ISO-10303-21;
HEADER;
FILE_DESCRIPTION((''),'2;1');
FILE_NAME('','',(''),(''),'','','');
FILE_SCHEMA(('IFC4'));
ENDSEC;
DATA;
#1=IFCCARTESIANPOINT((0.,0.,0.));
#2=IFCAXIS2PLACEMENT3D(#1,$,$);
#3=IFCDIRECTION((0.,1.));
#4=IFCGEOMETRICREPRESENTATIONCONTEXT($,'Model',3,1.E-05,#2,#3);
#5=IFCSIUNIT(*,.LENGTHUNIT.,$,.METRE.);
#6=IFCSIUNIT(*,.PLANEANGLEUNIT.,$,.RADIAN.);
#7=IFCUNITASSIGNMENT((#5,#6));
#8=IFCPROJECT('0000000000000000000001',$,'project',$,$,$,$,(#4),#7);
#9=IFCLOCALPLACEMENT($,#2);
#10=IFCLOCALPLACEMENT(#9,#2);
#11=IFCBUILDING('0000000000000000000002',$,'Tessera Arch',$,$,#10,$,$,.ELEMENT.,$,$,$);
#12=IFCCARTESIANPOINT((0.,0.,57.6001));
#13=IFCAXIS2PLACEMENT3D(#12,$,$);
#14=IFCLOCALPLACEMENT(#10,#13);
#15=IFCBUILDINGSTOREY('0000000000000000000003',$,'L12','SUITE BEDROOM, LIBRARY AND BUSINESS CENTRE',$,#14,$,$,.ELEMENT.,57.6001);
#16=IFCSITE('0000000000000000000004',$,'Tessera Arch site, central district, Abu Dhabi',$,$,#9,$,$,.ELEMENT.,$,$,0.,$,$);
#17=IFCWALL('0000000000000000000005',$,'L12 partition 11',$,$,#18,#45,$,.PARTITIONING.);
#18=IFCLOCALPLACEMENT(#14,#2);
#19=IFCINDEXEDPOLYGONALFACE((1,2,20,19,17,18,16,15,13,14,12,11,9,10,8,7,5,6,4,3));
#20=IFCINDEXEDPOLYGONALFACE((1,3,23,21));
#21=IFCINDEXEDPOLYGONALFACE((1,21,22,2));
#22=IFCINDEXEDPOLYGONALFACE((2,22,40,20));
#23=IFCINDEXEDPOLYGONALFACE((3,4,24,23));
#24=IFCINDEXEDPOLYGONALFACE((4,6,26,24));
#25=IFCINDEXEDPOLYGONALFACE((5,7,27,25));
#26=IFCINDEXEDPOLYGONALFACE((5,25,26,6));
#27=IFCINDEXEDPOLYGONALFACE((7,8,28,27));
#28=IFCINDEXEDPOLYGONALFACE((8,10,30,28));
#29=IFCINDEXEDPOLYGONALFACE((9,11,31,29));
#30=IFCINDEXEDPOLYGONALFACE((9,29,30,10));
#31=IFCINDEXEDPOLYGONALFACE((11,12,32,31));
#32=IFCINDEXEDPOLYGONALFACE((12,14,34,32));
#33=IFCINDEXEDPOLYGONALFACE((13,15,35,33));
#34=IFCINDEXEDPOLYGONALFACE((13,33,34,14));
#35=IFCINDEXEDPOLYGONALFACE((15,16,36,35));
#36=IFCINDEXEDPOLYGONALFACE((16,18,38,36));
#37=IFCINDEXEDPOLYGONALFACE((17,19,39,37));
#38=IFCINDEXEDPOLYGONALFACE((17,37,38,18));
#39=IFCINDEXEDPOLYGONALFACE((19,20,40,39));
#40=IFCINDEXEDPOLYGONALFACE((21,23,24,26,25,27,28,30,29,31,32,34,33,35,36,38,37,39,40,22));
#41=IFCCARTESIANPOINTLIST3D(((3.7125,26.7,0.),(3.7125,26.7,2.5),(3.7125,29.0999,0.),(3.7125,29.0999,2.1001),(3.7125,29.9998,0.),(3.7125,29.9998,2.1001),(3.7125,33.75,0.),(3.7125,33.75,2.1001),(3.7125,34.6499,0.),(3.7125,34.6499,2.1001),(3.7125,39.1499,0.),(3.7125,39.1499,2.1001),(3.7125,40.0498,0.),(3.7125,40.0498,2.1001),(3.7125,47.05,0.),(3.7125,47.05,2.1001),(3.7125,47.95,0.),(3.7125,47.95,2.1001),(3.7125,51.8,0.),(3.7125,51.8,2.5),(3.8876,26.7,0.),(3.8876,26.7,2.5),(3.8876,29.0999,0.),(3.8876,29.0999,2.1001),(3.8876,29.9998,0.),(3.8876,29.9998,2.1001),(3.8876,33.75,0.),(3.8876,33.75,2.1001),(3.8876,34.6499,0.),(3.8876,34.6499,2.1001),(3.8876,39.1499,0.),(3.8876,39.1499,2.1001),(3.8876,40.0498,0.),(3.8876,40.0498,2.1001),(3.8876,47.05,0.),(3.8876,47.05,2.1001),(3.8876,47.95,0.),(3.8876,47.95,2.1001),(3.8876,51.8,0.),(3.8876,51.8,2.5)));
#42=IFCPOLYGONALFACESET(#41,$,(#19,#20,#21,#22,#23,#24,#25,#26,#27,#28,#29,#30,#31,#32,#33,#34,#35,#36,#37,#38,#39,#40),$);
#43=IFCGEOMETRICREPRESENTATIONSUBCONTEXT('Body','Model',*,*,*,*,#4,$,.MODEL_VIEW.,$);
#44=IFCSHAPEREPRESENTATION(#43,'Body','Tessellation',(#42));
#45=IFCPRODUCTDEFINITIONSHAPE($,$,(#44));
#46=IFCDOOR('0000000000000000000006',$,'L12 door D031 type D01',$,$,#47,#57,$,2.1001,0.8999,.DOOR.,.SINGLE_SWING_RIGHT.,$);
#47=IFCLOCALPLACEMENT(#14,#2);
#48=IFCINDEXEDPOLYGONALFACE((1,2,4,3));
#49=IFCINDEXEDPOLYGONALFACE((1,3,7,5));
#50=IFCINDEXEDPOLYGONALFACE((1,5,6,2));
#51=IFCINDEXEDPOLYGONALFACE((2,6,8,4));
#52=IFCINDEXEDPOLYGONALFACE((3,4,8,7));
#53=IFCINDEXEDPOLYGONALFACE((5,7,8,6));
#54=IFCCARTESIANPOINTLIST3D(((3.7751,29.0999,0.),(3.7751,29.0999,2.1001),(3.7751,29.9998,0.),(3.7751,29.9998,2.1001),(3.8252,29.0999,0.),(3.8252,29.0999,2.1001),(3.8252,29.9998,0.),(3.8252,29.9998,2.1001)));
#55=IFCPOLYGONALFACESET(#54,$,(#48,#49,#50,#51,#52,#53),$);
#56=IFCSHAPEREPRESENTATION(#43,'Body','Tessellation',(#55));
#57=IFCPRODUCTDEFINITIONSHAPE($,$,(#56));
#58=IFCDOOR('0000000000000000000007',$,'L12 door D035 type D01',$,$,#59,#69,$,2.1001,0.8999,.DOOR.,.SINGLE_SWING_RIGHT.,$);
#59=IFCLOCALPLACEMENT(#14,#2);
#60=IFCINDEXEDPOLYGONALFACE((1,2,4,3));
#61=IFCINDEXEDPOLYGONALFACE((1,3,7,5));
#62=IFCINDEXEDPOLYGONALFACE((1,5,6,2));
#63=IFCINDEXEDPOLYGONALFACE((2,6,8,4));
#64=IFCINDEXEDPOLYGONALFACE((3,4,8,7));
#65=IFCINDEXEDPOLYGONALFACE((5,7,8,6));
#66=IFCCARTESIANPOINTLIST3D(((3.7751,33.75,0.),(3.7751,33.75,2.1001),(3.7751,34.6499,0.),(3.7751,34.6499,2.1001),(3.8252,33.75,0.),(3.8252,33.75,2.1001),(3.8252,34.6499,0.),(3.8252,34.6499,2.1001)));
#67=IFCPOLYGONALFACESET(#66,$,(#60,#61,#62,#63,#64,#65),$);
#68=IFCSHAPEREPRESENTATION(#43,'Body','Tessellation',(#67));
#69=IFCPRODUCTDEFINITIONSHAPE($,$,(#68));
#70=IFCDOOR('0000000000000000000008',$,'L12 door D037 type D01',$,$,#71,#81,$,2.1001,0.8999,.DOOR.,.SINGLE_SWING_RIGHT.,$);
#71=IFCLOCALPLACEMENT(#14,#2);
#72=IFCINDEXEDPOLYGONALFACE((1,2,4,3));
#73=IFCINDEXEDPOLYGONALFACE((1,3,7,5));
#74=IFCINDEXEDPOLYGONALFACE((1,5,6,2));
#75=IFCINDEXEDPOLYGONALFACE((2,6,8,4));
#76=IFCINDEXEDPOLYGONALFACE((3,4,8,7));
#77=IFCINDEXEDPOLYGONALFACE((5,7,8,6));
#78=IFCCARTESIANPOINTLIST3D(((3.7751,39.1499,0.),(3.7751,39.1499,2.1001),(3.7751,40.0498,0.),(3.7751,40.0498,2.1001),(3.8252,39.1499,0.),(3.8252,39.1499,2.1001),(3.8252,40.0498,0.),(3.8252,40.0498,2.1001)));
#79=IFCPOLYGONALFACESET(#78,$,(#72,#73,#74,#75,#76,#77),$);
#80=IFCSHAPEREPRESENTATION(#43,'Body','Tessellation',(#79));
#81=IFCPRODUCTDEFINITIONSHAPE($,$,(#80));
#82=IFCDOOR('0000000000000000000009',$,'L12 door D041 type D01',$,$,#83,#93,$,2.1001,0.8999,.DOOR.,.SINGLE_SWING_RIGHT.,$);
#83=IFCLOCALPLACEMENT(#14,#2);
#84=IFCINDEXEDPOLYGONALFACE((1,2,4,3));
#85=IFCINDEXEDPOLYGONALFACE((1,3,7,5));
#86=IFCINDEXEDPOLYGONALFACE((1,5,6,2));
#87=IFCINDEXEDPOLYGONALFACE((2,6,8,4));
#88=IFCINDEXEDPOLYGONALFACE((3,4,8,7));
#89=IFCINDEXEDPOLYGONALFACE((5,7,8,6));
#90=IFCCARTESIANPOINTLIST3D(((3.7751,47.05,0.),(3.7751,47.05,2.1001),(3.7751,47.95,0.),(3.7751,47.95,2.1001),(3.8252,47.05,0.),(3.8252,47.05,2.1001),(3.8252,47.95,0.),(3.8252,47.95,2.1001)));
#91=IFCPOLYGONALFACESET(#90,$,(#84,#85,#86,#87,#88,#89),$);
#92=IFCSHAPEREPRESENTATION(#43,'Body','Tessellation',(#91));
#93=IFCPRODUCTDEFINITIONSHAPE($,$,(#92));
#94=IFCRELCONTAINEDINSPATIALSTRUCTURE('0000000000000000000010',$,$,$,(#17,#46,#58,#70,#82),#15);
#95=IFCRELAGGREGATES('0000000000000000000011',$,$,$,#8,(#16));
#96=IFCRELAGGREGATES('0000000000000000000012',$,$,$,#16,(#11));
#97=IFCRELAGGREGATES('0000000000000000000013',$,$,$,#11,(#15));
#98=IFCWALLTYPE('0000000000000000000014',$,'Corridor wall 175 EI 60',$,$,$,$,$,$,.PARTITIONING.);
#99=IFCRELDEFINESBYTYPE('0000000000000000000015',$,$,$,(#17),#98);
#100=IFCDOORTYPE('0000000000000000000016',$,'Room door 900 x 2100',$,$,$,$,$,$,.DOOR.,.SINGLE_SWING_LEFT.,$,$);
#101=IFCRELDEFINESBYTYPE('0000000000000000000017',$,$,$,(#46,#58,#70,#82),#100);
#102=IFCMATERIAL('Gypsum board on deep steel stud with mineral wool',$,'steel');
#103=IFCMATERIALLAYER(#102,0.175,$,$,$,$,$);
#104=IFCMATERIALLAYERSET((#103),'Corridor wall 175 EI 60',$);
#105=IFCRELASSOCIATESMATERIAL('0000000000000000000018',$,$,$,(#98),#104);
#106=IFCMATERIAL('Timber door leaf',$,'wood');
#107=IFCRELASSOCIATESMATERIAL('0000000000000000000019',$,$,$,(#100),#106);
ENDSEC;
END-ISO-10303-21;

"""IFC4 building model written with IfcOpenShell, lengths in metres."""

from ifc_helpers import new_model, si_unit, direction, frame, frame_2d, origin, place, context, subcontext, project, spatial, rectangle, extrude, material, layer, layer_set, type_object, element, fill, save


model = new_model("IFC4")

# Units and contexts
model_context = context("Model", 3, precision=1e-05, world=origin(), true_north=direction((0.0, 1.0)))
body_context = subcontext(model_context, "Body", "Model", "MODEL_VIEW")
ifc_project = project(units=[si_unit("LENGTHUNIT", "METRE"), si_unit("PLANEANGLEUNIT", "RADIAN")], contexts=[model_context])

# Site, building, storey
site_placement = place(None, origin())
site = spatial("IfcSite", under=ifc_project, at=site_placement, Name="Tessera Arch site, central district, Abu Dhabi", CompositionType="ELEMENT", RefElevation=0.0)
building_placement = place(site_placement, origin())
building = spatial("IfcBuilding", under=site, at=building_placement, Name="Tessera Arch", CompositionType="ELEMENT")
storey_placement = place(building_placement, frame((0.0, 0.0, 57.6001)))
storey = spatial("IfcBuildingStorey", under=building, at=storey_placement, Name="L12", Description="SUITE BEDROOM, LIBRARY AND BUSINESS CENTRE", CompositionType="ELEMENT", Elevation=57.6001)

# Shared definitions
ifc_material_1 = material(Name="Gypsum board on deep steel stud with mineral wool", Category="steel")
ifc_layer_1 = layer(ifc_material_1, 0.175)
ifc_layer_set_1 = layer_set([ifc_layer_1], Name="Corridor wall 175 EI 60")
wall_type_1 = type_object("IfcWallType", Name="Corridor wall 175 EI 60", PredefinedType="PARTITIONING", material=ifc_layer_set_1)

# Wall, openings, doors
wall_1_placement = place(storey_placement, frame((3.8, 26.7, 0.0), z_axis=(0.0, 0.0, 1.0), x_axis=(0.0, 1.0, 0.0)))
wall_1 = element("IfcWall", 1, at=wall_1_placement, inside=storey, type_object=wall_type_1, Name="L12 partition 11", PredefinedType="PARTITIONING", context=body_context, shape_type="SweptSolid", body=[
    extrude(rectangle(XDim=25.1001, YDim=0.175, at=frame_2d((12.55, 0.0))), origin(), (0.0, 0.0, 1.0), 2.5),
])
opening_1_placement = place(wall_1_placement, frame((2.3999, 0.0, 0.0)))
opening_1 = element("IfcOpeningElement", 2, at=opening_1_placement, cuts=wall_1, PredefinedType="OPENING", context=body_context, shape_type="SweptSolid", body=[
    extrude(rectangle(XDim=0.8999, YDim=2.1001, at=frame_2d((0.45, 1.05))), frame((0.0, 0.0974, 0.0), z_axis=(0.0, -1.0, 0.0), x_axis=(1.0, 0.0, 0.0)), (0.0, 0.0, 1.0), 0.1951),
])
opening_2_placement = place(wall_1_placement, frame((7.05, 0.0, 0.0)))
opening_2 = element("IfcOpeningElement", 3, at=opening_2_placement, cuts=wall_1, PredefinedType="OPENING", context=body_context, shape_type="SweptSolid", body=[
    extrude(rectangle(XDim=0.8999, YDim=2.1001, at=frame_2d((0.45, 1.05))), frame((0.0, 0.0974, 0.0), z_axis=(0.0, -1.0, 0.0), x_axis=(1.0, 0.0, 0.0)), (0.0, 0.0, 1.0), 0.1951),
])
opening_3_placement = place(wall_1_placement, frame((12.45, 0.0, 0.0)))
opening_3 = element("IfcOpeningElement", 4, at=opening_3_placement, cuts=wall_1, PredefinedType="OPENING", context=body_context, shape_type="SweptSolid", body=[
    extrude(rectangle(XDim=0.8999, YDim=2.1001, at=frame_2d((0.45, 1.05))), frame((0.0, 0.0974, 0.0), z_axis=(0.0, -1.0, 0.0), x_axis=(1.0, 0.0, 0.0)), (0.0, 0.0, 1.0), 0.1951),
])
opening_4_placement = place(wall_1_placement, frame((20.3501, 0.0, 0.0)))
opening_4 = element("IfcOpeningElement", 5, at=opening_4_placement, cuts=wall_1, PredefinedType="OPENING", context=body_context, shape_type="SweptSolid", body=[
    extrude(rectangle(XDim=0.8999, YDim=2.1001, at=frame_2d((0.45, 1.05))), frame((0.0, 0.0974, 0.0), z_axis=(0.0, -1.0, 0.0), x_axis=(1.0, 0.0, 0.0)), (0.0, 0.0, 1.0), 0.1951),
])
ifc_material_2 = material(Name="Timber door leaf", Category="wood")
door_type_1 = type_object("IfcDoorType", Name="Room door 900 x 2100", OperationType="SINGLE_SWING_LEFT", PredefinedType="DOOR", material=ifc_material_2)
door_1_placement = place(opening_1_placement, origin())
door_1 = element("IfcDoor", 6, at=door_1_placement, inside=storey, type_object=door_type_1, Name="L12 door D031 type D01", OperationType="SINGLE_SWING_RIGHT", OverallHeight=2.1001, OverallWidth=0.8999, PredefinedType="DOOR", context=body_context, shape_type="SweptSolid", body=[
    extrude(rectangle(XDim=0.8999, YDim=2.1001, at=frame_2d((0.45, 1.05))), frame((0.0, 0.0249, 0.0), z_axis=(0.0, -1.0, 0.0), x_axis=(1.0, 0.0, 0.0)), (0.0, 0.0, 1.0), 0.05),
])
fill(opening_1, door_1)
door_2_placement = place(opening_2_placement, origin())
door_2 = element("IfcDoor", 7, at=door_2_placement, inside=storey, type_object=door_type_1, Name="L12 door D035 type D01", OperationType="SINGLE_SWING_RIGHT", OverallHeight=2.1001, OverallWidth=0.8999, PredefinedType="DOOR", context=body_context, shape_type="SweptSolid", body=[
    extrude(rectangle(XDim=0.8999, YDim=2.1001, at=frame_2d((0.45, 1.05))), frame((0.0, 0.0249, 0.0), z_axis=(0.0, -1.0, 0.0), x_axis=(1.0, 0.0, 0.0)), (0.0, 0.0, 1.0), 0.05),
])
fill(opening_2, door_2)
door_3_placement = place(opening_3_placement, origin())
door_3 = element("IfcDoor", 8, at=door_3_placement, inside=storey, type_object=door_type_1, Name="L12 door D037 type D01", OperationType="SINGLE_SWING_RIGHT", OverallHeight=2.1001, OverallWidth=0.8999, PredefinedType="DOOR", context=body_context, shape_type="SweptSolid", body=[
    extrude(rectangle(XDim=0.8999, YDim=2.1001, at=frame_2d((0.45, 1.05))), frame((0.0, 0.0249, 0.0), z_axis=(0.0, -1.0, 0.0), x_axis=(1.0, 0.0, 0.0)), (0.0, 0.0, 1.0), 0.05),
])
fill(opening_3, door_3)
door_4_placement = place(opening_4_placement, origin())
door_4 = element("IfcDoor", 9, at=door_4_placement, inside=storey, type_object=door_type_1, Name="L12 door D041 type D01", OperationType="SINGLE_SWING_RIGHT", OverallHeight=2.1001, OverallWidth=0.8999, PredefinedType="DOOR", context=body_context, shape_type="SweptSolid", body=[
    extrude(rectangle(XDim=0.8999, YDim=2.1001, at=frame_2d((0.45, 1.05))), frame((0.0, 0.0249, 0.0), z_axis=(0.0, -1.0, 0.0), x_axis=(1.0, 0.0, 0.0)), (0.0, 0.0, 1.0), 0.05),
])
fill(opening_4, door_4)

save(model, "model.ifc")
